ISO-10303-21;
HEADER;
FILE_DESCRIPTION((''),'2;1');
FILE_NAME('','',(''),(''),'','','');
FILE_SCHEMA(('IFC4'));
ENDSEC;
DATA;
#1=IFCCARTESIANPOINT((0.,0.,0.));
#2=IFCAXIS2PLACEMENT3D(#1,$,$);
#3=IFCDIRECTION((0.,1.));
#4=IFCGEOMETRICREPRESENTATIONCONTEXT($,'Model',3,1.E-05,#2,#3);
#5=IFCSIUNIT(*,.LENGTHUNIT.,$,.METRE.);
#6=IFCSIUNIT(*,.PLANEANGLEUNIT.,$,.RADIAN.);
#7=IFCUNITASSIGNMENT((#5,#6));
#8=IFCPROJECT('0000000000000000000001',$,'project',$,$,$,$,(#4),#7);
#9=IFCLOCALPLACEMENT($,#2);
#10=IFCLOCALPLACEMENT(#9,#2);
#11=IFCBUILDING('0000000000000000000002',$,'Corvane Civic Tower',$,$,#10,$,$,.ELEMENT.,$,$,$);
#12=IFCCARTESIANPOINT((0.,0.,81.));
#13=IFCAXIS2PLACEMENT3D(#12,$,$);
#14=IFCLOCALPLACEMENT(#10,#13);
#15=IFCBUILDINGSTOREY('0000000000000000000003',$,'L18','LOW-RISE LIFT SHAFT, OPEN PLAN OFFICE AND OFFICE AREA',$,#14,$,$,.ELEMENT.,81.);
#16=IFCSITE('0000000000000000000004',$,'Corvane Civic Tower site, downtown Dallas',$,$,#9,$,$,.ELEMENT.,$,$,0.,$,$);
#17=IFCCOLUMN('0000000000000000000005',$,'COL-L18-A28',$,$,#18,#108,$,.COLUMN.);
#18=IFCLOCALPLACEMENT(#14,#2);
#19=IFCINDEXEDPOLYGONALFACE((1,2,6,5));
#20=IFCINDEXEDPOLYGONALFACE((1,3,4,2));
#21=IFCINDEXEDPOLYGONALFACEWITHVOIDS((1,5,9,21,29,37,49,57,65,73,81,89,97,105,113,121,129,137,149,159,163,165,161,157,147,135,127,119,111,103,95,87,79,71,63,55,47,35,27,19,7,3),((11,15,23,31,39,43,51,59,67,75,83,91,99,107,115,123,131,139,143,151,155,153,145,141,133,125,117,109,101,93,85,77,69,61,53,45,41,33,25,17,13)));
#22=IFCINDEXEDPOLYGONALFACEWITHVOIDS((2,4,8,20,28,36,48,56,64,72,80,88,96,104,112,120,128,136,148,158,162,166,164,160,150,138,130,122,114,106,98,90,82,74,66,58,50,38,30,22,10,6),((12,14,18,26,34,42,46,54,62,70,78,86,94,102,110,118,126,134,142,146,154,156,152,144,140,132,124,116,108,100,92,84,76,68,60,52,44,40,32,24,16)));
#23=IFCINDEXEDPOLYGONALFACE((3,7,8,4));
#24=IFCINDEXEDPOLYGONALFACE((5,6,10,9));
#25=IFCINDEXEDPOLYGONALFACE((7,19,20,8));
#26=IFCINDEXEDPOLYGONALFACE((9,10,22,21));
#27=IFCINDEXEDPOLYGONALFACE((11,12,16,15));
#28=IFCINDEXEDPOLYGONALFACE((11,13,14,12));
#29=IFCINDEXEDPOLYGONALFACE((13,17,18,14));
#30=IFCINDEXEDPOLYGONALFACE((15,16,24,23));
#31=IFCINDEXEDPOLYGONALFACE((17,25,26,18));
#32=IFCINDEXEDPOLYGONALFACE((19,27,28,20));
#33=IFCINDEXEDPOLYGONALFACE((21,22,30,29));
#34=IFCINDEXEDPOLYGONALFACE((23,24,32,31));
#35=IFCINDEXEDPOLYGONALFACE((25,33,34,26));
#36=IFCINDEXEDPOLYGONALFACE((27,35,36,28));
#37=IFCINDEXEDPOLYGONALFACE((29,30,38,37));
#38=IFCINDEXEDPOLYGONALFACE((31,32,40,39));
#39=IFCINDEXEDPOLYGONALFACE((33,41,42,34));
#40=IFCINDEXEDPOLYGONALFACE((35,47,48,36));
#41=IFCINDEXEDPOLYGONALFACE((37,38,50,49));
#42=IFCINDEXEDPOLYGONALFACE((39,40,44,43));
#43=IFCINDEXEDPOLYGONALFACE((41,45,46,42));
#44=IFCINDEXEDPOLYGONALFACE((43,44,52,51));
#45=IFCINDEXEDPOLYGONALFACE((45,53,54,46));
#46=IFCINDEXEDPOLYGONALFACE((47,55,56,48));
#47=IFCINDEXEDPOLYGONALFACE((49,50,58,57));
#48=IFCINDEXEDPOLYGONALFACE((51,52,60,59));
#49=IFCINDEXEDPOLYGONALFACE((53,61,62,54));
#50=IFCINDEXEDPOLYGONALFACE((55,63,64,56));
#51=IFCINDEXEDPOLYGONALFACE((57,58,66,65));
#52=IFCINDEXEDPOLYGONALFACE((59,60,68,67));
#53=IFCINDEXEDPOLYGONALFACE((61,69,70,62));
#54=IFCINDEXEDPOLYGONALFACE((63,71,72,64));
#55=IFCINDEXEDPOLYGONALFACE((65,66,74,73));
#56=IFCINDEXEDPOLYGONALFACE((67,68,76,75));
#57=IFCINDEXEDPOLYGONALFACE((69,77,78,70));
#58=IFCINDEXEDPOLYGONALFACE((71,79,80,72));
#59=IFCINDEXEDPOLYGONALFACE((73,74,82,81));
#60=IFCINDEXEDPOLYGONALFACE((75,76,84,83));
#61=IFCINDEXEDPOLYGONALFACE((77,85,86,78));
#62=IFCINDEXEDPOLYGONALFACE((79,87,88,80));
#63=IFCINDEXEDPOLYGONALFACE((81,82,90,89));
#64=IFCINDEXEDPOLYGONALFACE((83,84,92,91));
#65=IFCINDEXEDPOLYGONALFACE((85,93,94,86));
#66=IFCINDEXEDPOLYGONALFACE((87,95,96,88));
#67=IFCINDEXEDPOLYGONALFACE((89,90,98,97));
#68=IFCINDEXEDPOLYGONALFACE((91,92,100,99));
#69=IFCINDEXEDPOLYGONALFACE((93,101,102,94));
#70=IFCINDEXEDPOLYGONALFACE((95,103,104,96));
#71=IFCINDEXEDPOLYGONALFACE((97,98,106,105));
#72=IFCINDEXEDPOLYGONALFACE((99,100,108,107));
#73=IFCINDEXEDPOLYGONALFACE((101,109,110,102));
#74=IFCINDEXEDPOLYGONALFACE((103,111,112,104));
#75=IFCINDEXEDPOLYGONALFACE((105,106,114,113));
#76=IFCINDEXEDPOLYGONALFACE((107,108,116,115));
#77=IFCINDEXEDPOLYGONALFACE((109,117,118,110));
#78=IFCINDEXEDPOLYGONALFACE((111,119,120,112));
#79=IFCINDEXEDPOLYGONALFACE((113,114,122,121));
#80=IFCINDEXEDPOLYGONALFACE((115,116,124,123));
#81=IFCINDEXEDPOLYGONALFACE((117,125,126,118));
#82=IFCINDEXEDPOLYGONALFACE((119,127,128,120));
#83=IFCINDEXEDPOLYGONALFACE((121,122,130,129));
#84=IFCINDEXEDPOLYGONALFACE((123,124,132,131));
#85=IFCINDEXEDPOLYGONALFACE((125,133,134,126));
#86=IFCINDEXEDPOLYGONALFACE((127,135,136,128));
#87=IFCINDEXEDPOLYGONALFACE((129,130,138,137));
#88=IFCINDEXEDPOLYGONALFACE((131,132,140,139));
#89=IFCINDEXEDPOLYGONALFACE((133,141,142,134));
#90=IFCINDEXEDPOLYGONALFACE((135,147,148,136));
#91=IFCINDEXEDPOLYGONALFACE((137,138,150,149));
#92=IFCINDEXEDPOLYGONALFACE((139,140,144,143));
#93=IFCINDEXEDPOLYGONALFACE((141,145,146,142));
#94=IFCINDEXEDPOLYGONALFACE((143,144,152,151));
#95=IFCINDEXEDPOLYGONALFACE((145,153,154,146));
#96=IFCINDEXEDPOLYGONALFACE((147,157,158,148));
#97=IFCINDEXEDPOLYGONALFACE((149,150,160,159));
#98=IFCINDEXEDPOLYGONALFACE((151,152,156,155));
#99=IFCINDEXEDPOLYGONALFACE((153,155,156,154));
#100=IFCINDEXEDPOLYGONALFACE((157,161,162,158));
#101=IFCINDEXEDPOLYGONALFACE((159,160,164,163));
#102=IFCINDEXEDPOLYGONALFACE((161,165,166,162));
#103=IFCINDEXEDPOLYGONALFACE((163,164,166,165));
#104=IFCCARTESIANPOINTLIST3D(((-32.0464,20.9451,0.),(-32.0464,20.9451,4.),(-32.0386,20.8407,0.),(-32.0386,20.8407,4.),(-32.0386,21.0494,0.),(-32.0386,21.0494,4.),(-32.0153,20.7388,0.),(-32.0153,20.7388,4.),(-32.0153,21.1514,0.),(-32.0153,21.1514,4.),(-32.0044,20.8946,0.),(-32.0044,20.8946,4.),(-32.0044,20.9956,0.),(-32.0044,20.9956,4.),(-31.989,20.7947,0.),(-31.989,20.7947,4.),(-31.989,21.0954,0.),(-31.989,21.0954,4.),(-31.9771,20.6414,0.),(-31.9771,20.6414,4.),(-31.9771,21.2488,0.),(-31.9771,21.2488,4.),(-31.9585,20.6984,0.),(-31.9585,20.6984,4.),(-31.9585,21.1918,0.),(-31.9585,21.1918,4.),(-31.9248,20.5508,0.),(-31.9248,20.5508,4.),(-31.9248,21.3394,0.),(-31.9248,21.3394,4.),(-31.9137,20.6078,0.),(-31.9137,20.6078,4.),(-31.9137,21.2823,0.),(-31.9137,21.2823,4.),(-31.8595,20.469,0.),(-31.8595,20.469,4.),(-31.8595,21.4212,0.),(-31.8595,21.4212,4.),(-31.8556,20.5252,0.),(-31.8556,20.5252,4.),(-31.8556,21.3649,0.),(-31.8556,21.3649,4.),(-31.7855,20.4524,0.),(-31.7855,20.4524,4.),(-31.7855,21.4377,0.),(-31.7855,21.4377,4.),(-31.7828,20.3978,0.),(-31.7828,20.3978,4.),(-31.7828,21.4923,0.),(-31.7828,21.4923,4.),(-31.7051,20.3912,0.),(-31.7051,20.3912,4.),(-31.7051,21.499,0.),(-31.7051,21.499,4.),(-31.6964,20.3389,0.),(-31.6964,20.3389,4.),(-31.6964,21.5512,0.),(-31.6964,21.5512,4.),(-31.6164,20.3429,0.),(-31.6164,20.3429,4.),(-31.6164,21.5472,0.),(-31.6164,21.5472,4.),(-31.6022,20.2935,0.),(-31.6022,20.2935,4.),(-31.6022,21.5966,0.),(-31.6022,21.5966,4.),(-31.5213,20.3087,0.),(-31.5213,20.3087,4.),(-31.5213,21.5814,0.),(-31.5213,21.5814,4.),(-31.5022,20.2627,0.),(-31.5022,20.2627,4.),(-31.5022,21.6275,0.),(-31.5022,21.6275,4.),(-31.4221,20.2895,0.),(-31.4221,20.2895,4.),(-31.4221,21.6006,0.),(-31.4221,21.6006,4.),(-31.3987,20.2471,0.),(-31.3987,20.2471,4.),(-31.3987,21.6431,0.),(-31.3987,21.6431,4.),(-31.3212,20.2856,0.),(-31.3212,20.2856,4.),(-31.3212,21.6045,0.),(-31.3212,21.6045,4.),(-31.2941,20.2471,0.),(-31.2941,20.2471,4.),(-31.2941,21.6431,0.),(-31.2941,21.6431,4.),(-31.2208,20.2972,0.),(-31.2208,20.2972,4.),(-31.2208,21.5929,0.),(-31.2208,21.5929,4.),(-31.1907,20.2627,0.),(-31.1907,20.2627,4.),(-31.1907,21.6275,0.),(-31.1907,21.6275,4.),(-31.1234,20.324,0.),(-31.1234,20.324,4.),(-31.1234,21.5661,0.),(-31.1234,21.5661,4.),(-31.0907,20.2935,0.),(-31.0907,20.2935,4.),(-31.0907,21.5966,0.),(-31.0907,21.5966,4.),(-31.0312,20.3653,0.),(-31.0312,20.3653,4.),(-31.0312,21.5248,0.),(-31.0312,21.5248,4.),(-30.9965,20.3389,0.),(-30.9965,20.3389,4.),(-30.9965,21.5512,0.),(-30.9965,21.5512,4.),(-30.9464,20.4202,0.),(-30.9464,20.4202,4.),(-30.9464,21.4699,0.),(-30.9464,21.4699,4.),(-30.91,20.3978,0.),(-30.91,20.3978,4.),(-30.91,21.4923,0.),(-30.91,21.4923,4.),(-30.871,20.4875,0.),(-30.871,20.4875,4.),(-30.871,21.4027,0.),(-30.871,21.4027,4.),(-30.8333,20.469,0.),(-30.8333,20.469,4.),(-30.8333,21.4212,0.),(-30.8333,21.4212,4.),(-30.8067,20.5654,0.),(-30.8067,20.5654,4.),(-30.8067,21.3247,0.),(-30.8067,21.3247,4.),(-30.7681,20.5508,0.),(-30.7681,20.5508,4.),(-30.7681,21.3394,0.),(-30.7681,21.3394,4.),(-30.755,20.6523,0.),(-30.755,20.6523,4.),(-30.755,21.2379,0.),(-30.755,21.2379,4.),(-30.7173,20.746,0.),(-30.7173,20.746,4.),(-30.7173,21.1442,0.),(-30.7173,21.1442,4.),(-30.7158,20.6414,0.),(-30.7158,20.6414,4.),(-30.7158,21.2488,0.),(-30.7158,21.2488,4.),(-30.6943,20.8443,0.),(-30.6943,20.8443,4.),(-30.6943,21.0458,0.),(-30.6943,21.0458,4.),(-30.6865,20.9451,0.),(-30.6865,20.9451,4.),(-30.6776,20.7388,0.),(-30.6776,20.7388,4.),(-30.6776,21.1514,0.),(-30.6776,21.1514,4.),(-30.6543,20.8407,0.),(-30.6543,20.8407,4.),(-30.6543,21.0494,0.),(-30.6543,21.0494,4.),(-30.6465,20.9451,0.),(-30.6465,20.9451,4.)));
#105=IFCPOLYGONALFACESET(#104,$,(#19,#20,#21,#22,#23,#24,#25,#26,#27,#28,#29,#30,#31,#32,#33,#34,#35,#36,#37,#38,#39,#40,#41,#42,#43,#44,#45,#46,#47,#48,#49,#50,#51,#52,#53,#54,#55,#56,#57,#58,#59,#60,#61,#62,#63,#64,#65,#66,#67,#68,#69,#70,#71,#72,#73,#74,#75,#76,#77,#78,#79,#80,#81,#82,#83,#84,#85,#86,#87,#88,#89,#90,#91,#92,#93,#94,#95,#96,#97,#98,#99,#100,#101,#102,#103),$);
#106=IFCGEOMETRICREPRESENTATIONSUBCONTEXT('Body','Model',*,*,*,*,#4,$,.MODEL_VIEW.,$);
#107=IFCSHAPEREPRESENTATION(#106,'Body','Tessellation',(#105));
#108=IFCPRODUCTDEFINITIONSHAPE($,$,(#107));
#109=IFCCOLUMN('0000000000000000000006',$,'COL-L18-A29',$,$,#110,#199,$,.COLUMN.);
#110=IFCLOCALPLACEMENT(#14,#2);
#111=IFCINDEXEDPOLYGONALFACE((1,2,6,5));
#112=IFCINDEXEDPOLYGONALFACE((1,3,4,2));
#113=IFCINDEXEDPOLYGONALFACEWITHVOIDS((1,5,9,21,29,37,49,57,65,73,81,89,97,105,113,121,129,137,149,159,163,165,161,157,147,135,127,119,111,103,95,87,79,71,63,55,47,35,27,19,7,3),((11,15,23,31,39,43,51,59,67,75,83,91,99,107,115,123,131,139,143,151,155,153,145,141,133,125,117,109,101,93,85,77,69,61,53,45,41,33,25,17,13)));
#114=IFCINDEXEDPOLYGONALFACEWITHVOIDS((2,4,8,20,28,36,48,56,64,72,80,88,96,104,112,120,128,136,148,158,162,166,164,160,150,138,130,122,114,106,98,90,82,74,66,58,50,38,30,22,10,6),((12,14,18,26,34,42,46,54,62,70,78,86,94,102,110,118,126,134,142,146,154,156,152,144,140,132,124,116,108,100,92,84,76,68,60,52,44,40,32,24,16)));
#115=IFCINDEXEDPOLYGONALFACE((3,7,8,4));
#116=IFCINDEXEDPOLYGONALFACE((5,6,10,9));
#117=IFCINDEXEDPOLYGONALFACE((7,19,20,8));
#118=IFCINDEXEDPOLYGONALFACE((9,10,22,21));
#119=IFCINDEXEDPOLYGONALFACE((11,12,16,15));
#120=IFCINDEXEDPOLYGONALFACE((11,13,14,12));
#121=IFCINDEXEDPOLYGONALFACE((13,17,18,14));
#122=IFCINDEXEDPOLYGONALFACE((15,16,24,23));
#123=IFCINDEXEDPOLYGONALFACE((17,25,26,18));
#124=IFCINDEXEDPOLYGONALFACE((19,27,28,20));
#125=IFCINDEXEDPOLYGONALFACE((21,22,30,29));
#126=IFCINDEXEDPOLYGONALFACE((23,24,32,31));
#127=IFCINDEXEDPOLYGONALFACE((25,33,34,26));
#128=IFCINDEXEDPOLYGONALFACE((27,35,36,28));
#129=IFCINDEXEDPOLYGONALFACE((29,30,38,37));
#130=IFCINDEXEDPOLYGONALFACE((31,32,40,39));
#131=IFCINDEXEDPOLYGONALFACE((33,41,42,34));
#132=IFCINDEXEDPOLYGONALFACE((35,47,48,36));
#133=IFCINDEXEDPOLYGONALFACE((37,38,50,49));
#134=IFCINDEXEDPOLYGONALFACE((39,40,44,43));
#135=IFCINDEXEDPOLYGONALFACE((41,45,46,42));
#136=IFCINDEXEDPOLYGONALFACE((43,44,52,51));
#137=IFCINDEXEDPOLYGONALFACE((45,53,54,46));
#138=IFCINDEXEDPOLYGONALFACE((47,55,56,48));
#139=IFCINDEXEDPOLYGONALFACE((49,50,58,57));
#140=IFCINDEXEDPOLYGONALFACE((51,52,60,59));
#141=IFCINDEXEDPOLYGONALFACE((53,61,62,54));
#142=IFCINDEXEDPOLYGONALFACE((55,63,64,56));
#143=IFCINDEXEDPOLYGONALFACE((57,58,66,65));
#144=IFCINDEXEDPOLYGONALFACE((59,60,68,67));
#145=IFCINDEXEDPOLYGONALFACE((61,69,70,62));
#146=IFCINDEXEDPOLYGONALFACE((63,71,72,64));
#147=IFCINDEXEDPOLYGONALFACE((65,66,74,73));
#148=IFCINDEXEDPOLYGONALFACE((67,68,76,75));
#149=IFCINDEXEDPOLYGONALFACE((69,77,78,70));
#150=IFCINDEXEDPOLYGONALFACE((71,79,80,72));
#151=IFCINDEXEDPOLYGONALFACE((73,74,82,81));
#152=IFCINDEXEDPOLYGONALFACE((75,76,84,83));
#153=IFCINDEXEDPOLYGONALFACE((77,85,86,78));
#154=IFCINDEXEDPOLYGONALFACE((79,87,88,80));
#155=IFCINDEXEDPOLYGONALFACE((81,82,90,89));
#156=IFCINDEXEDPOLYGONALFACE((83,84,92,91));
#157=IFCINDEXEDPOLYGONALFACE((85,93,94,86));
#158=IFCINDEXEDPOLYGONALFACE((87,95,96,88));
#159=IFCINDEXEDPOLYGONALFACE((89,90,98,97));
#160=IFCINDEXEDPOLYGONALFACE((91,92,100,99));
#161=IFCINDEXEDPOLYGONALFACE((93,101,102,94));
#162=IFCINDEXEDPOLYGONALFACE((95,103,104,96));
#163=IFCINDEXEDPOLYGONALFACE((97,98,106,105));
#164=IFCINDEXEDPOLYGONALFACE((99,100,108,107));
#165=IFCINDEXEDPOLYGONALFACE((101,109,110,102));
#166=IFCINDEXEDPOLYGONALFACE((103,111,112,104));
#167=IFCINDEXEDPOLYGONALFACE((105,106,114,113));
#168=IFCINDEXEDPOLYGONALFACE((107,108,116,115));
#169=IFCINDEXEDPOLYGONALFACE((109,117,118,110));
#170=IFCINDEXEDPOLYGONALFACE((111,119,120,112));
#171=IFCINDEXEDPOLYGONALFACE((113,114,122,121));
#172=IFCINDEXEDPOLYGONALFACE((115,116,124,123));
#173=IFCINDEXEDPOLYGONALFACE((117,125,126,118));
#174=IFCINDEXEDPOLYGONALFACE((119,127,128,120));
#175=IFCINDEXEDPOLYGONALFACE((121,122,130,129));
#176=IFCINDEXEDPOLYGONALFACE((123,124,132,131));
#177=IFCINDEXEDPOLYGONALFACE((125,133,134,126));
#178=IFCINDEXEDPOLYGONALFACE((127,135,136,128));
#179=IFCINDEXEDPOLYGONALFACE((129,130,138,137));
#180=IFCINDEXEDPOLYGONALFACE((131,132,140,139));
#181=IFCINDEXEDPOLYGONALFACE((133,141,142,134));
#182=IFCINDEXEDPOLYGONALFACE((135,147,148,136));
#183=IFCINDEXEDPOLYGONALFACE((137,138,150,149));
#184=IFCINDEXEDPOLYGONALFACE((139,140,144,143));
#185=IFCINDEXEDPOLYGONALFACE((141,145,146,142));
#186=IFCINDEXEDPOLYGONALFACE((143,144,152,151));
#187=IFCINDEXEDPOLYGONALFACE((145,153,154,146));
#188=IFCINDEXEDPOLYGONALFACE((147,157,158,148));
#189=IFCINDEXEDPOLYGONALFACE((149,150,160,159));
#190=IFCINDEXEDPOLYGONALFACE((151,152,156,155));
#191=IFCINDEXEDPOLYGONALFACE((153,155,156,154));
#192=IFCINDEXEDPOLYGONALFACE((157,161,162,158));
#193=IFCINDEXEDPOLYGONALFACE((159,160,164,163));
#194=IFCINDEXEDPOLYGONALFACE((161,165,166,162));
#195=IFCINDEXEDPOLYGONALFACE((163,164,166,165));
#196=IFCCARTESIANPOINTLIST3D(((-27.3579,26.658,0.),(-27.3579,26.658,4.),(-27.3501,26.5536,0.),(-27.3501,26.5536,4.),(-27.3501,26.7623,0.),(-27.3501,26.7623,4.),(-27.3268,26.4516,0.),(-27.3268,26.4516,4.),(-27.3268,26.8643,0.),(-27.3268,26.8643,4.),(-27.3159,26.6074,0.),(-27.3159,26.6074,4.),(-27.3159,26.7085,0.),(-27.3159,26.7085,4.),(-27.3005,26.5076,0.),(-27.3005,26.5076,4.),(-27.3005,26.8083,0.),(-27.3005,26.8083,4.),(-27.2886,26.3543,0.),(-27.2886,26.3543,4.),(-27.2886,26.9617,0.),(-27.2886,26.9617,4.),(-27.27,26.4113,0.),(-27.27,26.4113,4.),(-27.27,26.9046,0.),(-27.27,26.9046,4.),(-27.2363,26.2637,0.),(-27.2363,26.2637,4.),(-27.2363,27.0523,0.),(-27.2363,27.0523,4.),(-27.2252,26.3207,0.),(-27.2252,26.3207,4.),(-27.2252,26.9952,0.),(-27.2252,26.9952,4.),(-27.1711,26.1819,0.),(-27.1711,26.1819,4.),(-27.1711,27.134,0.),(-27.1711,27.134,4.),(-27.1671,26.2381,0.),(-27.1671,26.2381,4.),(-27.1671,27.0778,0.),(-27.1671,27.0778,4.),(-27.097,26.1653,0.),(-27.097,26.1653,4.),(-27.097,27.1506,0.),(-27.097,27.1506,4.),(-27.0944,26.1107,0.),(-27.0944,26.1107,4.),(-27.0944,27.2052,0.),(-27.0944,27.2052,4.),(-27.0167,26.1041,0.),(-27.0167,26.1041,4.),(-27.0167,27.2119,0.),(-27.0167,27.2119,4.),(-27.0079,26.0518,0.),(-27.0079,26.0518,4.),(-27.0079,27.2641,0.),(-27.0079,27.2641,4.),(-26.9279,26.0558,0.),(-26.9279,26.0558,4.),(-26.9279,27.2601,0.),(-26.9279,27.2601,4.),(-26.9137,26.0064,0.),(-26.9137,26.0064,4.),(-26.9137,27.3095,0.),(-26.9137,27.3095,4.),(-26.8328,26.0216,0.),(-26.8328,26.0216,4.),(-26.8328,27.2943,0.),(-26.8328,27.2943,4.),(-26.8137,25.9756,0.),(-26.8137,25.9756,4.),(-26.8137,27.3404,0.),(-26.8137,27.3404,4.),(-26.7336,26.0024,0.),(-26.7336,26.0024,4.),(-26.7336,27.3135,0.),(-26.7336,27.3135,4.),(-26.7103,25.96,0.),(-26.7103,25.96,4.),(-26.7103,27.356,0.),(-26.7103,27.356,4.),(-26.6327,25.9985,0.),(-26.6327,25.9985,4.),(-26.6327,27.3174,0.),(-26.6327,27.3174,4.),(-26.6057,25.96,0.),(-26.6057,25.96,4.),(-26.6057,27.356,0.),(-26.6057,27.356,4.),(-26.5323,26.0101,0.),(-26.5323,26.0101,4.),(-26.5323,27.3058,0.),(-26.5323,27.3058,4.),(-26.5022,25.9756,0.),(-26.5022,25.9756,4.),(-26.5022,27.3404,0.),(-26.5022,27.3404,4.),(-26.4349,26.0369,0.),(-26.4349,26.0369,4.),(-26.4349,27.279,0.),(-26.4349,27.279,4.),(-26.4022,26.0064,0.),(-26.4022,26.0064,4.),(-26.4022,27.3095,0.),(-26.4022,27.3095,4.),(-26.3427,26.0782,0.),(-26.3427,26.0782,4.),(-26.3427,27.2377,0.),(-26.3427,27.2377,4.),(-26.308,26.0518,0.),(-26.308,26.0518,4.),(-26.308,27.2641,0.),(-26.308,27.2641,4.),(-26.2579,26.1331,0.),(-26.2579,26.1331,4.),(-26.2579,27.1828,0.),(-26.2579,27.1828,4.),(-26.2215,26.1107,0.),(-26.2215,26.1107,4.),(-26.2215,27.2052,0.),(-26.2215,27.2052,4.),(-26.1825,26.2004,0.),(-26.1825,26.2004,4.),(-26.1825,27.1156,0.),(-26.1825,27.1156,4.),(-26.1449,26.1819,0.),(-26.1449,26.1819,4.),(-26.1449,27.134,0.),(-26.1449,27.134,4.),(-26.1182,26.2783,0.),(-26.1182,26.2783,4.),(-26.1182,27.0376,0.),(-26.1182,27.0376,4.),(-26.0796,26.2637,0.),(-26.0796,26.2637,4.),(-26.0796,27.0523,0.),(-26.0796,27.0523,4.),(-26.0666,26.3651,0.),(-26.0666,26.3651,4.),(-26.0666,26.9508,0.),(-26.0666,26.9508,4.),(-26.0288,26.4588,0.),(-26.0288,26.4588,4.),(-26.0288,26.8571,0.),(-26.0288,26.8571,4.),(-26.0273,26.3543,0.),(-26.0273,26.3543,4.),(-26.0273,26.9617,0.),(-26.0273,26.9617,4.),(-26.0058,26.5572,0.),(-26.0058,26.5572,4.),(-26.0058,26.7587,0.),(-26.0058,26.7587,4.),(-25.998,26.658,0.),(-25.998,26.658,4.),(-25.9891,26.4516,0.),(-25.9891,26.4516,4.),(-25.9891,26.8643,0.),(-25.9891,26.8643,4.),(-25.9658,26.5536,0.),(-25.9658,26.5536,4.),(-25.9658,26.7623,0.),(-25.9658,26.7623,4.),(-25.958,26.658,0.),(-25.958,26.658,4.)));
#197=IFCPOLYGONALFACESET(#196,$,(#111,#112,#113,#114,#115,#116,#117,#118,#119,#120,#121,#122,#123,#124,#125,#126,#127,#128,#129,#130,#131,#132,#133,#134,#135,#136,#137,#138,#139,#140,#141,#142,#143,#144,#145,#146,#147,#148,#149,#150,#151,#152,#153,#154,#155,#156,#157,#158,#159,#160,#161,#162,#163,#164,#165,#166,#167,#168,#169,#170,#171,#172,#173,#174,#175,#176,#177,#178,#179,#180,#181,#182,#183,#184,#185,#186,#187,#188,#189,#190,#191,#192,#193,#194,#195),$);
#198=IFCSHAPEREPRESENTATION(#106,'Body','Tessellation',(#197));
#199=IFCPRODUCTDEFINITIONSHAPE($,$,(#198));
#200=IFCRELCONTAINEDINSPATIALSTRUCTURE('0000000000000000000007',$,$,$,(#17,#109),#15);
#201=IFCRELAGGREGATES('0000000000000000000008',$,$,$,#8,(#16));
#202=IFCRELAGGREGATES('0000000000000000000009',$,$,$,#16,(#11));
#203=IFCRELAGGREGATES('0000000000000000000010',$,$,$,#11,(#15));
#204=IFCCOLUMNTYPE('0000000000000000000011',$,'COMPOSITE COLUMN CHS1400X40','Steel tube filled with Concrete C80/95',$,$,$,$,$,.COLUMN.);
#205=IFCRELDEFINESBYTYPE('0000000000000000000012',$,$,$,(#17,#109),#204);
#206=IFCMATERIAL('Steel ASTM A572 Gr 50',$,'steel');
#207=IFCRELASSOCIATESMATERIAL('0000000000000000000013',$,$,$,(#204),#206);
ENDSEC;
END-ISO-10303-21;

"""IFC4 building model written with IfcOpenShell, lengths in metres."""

from ifc_helpers import new_model, si_unit, direction, frame, origin, origin_2d, place, context, subcontext, project, spatial, hollow_circle, extrude, material, material_profile, profile_set, type_object, element, save


model = new_model("IFC4")

# Units and contexts
model_context = context("Model", 3, precision=1e-05, world=origin(), true_north=direction((0.0, 1.0)))
body_context = subcontext(model_context, "Body", "Model", "MODEL_VIEW")
ifc_project = project(units=[si_unit("LENGTHUNIT", "METRE"), si_unit("PLANEANGLEUNIT", "RADIAN")], contexts=[model_context])

# Site, building, storey
site_placement = place(None, origin())
site = spatial("IfcSite", under=ifc_project, at=site_placement, Name="Corvane Civic Tower site, downtown Dallas", CompositionType="ELEMENT", RefElevation=0.0)
building_placement = place(site_placement, origin())
building = spatial("IfcBuilding", under=site, at=building_placement, Name="Corvane Civic Tower", CompositionType="ELEMENT")
storey_placement = place(building_placement, frame((0.0, 0.0, 81.0)))
storey = spatial("IfcBuildingStorey", under=building, at=storey_placement, Name="L18", Description="LOW-RISE LIFT SHAFT, OPEN PLAN OFFICE AND OFFICE AREA", CompositionType="ELEMENT", Elevation=81.0)

# Columns
ifc_material_1 = material(Name="Steel ASTM A572 Gr 50", Category="steel")
ifc_material_profile_1 = material_profile(ifc_material_1, hollow_circle(Radius=0.7, WallThickness=0.04, at=origin_2d()), Name="CHS1400X40")
ifc_profile_set_1 = profile_set([ifc_material_profile_1], Name="Steel ASTM A572 Gr 50")
column_type = type_object("IfcColumnType", Name="COMPOSITE COLUMN CHS1400X40", Description="Steel tube filled with Concrete C80/95", PredefinedType="COLUMN", material=ifc_profile_set_1)
for number, where, z_axis, x_axis, name in (
    (1, (-31.3464, 20.9451, 0.0), (0.0, 0.0, 1.0), (1.0, 0.0, 0.0), "COL-L18-A28"),
    (2, (-26.658, 26.658, 0.0), (0.0, 0.0, 1.0), (1.0, 0.0, 0.0), "COL-L18-A29"),
):
    element("IfcColumn", number, at=place(storey_placement, frame(where, z_axis=z_axis, x_axis=x_axis)), inside=storey, type_object=column_type, Name=name, PredefinedType="COLUMN", context=body_context, shape_type="SweptSolid", body=[
        extrude(hollow_circle(Radius=0.7, WallThickness=0.04, at=origin_2d()), origin(), (0.0, 0.0, 1.0), 4.0),
    ])

save(model, "model.ifc")
